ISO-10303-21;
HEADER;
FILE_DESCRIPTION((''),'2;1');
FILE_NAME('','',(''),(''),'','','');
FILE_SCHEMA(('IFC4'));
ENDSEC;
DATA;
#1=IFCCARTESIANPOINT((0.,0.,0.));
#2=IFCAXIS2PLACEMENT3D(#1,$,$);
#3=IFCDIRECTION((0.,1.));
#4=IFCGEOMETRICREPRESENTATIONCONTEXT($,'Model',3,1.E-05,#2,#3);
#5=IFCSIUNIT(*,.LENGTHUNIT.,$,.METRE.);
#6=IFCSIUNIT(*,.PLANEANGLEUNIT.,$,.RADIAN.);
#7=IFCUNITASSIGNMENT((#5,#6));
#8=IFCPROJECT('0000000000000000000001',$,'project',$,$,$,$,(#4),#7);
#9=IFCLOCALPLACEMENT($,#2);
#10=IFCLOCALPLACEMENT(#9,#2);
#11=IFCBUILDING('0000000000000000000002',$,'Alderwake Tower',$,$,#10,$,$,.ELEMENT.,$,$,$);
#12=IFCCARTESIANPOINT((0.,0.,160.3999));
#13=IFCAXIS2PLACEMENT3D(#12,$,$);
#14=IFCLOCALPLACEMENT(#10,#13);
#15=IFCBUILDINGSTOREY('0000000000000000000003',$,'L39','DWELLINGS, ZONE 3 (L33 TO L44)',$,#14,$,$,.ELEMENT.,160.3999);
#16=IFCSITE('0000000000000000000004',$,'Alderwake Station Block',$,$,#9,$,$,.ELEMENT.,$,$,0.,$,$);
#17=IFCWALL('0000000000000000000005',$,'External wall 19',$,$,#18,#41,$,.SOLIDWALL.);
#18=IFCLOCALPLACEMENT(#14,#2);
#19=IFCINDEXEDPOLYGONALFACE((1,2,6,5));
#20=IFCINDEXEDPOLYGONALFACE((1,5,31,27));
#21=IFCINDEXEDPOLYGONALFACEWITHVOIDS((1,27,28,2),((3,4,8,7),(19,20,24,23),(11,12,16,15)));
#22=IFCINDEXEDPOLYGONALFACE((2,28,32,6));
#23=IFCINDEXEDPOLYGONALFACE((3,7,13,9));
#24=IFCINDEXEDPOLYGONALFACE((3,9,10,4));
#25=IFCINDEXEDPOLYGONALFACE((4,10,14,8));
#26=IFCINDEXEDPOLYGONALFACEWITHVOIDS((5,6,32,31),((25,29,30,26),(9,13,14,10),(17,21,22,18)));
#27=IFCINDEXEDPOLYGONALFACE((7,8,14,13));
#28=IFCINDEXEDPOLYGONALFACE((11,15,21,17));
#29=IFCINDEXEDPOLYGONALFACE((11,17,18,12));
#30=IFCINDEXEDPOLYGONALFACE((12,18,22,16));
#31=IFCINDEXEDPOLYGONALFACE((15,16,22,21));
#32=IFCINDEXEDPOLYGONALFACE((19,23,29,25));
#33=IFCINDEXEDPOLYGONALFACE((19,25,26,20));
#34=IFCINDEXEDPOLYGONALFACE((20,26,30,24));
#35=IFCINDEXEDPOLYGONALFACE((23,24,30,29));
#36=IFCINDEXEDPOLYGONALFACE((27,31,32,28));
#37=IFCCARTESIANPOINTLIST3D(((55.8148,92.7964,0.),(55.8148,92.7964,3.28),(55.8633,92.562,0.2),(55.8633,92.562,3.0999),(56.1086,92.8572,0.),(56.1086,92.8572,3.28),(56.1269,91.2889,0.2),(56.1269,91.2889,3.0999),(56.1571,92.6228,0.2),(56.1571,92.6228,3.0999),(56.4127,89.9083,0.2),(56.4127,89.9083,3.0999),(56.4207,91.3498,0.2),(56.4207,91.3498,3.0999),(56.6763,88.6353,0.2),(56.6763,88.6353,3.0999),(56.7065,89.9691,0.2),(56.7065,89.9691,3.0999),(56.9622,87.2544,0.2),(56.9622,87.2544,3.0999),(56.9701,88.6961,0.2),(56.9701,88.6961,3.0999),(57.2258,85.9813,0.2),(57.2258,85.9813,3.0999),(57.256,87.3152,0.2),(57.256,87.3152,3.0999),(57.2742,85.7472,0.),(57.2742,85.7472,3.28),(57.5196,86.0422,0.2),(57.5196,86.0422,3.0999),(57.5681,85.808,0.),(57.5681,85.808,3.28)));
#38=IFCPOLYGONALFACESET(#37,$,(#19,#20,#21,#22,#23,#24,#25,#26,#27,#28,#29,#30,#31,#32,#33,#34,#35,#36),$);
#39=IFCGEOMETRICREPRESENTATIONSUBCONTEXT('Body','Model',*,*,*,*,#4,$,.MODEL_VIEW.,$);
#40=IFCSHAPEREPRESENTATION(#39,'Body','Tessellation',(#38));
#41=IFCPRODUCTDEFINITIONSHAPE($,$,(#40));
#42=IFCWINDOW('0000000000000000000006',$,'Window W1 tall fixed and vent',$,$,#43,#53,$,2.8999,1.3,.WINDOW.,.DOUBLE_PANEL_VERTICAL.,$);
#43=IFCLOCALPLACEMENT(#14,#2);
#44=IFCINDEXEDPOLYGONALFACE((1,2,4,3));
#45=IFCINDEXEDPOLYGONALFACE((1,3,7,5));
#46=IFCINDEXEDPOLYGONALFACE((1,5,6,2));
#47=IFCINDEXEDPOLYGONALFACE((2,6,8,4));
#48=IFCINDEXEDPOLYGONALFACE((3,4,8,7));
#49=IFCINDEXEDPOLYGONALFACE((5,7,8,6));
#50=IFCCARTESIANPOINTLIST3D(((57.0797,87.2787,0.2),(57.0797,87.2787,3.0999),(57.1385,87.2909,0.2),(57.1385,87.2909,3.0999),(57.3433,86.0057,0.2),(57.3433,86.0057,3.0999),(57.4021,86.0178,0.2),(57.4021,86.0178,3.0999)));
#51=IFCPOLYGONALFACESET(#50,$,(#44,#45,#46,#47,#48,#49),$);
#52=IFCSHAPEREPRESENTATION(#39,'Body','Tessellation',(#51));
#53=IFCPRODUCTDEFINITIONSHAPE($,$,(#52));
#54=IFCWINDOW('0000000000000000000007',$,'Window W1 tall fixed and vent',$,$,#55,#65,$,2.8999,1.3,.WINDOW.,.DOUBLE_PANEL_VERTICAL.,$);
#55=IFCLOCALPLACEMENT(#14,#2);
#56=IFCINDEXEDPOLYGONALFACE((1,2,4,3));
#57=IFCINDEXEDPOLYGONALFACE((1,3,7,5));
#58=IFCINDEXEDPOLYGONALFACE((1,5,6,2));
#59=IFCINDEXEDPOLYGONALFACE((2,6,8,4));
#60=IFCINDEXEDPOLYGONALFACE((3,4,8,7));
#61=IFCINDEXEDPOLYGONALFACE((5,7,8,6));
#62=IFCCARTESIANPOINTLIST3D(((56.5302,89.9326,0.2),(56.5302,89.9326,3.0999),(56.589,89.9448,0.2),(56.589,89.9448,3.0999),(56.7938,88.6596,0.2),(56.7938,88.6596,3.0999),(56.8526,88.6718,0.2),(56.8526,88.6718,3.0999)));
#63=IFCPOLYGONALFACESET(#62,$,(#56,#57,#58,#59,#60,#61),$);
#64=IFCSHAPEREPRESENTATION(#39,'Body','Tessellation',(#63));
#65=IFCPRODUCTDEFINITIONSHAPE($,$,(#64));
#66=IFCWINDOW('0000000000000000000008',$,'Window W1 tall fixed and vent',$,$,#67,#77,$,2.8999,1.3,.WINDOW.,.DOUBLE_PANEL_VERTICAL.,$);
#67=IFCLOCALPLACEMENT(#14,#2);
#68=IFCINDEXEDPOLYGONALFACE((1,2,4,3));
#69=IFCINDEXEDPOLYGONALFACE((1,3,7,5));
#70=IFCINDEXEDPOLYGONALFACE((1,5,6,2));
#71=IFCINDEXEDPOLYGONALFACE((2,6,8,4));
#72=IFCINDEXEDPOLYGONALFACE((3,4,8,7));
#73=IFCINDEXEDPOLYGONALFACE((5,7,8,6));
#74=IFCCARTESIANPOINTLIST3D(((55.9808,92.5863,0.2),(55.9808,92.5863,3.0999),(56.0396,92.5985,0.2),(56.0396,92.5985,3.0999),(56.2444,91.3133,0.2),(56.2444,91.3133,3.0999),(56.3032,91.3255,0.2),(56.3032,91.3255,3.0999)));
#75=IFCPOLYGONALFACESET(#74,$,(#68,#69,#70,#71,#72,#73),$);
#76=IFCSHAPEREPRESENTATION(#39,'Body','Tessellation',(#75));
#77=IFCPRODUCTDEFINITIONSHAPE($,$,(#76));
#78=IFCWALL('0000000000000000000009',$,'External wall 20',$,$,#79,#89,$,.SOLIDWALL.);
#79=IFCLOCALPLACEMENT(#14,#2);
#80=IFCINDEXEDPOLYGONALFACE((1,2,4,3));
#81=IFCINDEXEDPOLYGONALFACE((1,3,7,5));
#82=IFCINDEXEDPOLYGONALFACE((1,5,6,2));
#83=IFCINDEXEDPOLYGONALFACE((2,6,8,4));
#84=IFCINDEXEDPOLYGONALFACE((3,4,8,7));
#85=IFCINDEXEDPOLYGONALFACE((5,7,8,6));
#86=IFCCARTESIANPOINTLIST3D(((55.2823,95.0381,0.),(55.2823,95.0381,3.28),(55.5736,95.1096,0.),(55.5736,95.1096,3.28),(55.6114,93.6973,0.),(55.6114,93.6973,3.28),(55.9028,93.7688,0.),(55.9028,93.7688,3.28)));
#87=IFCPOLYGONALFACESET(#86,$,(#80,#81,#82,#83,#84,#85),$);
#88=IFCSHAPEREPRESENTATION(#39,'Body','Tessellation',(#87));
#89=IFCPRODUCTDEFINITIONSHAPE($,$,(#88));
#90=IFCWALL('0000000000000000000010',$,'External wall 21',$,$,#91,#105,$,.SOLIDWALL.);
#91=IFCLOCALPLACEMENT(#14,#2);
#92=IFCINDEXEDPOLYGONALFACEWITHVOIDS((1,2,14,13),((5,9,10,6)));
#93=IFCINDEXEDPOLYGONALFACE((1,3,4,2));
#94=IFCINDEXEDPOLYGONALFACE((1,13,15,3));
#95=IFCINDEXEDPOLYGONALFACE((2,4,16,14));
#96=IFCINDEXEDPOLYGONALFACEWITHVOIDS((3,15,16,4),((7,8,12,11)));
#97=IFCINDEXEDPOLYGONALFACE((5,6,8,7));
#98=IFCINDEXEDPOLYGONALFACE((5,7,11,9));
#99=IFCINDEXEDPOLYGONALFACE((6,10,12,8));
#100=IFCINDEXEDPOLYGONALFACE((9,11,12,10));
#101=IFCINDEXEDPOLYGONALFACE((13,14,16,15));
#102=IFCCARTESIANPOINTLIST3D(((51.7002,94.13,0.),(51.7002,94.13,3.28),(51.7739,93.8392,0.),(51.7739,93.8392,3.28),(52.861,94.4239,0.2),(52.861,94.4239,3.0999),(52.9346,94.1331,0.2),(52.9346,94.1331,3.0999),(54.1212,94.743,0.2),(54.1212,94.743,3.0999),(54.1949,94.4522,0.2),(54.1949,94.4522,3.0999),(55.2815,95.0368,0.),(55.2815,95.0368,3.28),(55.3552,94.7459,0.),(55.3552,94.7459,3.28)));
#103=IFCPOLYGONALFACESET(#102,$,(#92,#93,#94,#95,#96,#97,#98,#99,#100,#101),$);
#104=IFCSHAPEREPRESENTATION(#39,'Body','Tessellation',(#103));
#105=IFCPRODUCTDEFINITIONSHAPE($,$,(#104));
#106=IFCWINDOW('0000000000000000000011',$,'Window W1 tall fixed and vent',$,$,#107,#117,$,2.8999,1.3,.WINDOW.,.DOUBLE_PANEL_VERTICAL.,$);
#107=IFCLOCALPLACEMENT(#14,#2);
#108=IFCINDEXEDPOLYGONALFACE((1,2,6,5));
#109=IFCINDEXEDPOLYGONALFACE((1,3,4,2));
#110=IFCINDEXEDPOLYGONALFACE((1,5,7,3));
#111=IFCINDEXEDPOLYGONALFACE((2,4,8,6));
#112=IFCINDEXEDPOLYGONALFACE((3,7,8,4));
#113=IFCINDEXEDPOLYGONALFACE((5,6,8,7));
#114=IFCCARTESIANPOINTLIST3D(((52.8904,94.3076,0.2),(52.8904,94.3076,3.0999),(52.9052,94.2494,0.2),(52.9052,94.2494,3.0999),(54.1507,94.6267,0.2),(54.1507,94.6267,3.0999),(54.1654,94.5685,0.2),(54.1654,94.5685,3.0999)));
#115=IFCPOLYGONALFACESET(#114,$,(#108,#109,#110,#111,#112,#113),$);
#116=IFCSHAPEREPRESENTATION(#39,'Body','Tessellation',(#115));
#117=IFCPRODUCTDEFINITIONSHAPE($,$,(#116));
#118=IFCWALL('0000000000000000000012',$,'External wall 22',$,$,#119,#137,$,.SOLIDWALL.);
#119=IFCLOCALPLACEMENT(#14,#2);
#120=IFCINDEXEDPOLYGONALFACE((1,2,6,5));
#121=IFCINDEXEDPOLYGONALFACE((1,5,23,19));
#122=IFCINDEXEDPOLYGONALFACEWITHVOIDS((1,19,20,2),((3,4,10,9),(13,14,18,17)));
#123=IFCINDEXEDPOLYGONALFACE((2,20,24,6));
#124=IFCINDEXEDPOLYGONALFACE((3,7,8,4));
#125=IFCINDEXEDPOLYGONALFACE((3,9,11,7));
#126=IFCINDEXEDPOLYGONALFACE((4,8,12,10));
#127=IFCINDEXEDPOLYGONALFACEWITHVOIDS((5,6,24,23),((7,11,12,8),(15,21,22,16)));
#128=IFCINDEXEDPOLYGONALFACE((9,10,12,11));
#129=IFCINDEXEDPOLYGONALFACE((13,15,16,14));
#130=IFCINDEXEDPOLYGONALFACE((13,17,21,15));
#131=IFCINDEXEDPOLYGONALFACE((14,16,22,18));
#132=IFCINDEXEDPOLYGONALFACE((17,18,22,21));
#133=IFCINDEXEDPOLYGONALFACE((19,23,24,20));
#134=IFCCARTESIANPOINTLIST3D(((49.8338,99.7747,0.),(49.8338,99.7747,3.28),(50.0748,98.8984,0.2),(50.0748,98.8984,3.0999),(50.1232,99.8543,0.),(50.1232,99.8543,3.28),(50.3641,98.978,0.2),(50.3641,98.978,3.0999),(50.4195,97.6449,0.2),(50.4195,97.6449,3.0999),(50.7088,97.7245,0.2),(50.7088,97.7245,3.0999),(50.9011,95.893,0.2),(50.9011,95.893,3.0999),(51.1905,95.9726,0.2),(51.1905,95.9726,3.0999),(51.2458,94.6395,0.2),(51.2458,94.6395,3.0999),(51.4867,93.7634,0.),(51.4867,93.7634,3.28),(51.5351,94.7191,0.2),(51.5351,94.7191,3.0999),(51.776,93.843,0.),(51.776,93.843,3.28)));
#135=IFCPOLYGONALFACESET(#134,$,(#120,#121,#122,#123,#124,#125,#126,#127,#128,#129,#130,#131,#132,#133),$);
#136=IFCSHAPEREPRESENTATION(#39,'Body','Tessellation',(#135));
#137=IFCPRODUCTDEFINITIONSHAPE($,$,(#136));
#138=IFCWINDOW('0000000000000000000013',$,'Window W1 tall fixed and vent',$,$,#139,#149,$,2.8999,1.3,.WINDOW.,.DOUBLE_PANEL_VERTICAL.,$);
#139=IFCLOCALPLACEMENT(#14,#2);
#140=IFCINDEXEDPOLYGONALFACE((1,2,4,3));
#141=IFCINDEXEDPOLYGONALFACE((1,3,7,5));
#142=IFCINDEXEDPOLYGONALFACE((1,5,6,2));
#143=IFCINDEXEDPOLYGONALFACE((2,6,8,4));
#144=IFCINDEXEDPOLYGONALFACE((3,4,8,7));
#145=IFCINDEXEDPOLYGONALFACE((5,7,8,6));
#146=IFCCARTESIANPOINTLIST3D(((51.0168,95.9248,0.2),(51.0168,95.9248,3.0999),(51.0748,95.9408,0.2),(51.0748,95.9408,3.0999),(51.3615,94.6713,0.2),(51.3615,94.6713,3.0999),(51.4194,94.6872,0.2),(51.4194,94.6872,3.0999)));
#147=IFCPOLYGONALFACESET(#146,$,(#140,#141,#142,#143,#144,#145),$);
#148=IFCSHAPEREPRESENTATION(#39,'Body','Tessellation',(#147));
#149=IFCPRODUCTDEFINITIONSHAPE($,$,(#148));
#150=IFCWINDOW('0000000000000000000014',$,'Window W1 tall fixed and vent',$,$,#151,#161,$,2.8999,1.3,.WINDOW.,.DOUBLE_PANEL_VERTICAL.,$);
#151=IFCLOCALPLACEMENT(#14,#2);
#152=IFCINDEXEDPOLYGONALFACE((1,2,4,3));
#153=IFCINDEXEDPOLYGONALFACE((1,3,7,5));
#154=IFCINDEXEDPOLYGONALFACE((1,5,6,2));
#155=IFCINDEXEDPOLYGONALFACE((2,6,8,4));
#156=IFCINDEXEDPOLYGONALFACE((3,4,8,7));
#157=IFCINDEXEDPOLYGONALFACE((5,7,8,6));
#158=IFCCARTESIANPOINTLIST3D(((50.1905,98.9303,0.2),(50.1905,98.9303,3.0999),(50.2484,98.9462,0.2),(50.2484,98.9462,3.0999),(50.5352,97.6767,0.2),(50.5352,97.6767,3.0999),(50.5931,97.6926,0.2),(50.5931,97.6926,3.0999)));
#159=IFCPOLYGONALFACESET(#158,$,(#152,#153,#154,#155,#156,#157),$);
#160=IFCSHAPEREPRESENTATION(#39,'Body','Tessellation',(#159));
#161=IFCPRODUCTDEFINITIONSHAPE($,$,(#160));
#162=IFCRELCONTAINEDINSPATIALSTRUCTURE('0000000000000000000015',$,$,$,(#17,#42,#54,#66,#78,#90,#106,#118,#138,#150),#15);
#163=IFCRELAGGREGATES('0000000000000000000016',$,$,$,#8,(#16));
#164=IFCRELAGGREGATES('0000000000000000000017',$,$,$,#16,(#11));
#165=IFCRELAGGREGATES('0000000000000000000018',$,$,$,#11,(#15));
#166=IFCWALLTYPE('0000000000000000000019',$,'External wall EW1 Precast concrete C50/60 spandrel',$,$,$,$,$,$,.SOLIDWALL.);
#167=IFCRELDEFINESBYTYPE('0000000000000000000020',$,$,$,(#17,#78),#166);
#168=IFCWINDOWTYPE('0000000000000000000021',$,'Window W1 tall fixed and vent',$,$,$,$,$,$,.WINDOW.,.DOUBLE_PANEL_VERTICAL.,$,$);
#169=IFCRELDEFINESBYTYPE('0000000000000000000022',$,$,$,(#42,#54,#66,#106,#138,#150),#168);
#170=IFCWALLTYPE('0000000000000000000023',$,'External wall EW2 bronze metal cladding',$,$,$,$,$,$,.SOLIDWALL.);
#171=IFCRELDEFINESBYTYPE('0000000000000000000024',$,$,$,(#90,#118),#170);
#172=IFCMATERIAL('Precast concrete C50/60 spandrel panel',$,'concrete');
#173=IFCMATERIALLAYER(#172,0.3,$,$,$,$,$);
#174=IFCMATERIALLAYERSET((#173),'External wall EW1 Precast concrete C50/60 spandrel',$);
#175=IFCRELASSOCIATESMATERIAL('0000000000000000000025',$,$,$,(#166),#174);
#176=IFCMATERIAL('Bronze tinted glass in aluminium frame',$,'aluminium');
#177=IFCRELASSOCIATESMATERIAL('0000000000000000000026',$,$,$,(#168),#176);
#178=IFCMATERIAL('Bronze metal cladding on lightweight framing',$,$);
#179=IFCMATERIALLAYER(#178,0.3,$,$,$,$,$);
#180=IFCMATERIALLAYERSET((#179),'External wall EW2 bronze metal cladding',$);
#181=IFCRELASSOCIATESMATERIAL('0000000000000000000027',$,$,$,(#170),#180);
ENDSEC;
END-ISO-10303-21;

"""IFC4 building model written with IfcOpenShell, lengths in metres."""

from ifc_helpers import new_model, si_unit, direction, frame, frame_2d, origin, place, context, subcontext, project, spatial, rectangle, extrude, material, layer, layer_set, type_object, element, fill, save


model = new_model("IFC4")

# Units and contexts
model_context = context("Model", 3, precision=1e-05, world=origin(), true_north=direction((0.0, 1.0)))
body_context = subcontext(model_context, "Body", "Model", "MODEL_VIEW")
ifc_project = project(units=[si_unit("LENGTHUNIT", "METRE"), si_unit("PLANEANGLEUNIT", "RADIAN")], contexts=[model_context])

# Site, building, storey
site_placement = place(None, origin())
site = spatial("IfcSite", under=ifc_project, at=site_placement, Name="Alderwake Station Block", CompositionType="ELEMENT", RefElevation=0.0)
building_placement = place(site_placement, origin())
building = spatial("IfcBuilding", under=site, at=building_placement, Name="Alderwake Tower", CompositionType="ELEMENT")
storey_placement = place(building_placement, frame((0.0, 0.0, 160.3999)))
storey = spatial("IfcBuildingStorey", under=building, at=storey_placement, Name="L39", Description="DWELLINGS, ZONE 3 (L33 TO L44)", CompositionType="ELEMENT", Elevation=160.3999)

# Wall, openings, windows
ifc_material_1 = material(Name="Precast concrete C50/60 spandrel panel", Category="concrete")
ifc_layer_1 = layer(ifc_material_1, 0.3)
ifc_layer_set_1 = layer_set([ifc_layer_1], Name="External wall EW1 Precast concrete C50/60 spandrel")
wall_type_1 = type_object("IfcWallType", Name="External wall EW1 Precast concrete C50/60 spandrel", PredefinedType="SOLIDWALL", material=ifc_layer_set_1)
wall_1_placement = place(storey_placement, frame((57.4211, 85.7776, 0.0), z_axis=(0.0, 0.0, 1.0), x_axis=(-0.202738, 0.979233, 0.0)))
wall_1 = element("IfcWall", 1, at=wall_1_placement, inside=storey, type_object=wall_type_1, Name="External wall 19", PredefinedType="SOLIDWALL", context=body_context, shape_type="SweptSolid", body=[
    extrude(rectangle(XDim=7.1987, YDim=0.3, at=frame_2d((3.5994, 0.0))), origin(), (0.0, 0.0, 1.0), 3.28),
])
opening_1_placement = place(wall_1_placement, frame((0.2393, 0.0, 0.2)))
opening_1 = element("IfcOpeningElement", 2, at=opening_1_placement, cuts=wall_1, PredefinedType="OPENING", context=body_context, shape_type="SweptSolid", body=[
    extrude(rectangle(XDim=1.3, YDim=2.8999, at=frame_2d((0.6499, 1.45))), frame((0.0, 0.1599, 0.0), z_axis=(0.0, -1.0, 0.0), x_axis=(1.0, 0.0, 0.0)), (0.0, 0.0, 1.0), 0.3201),
])
opening_2_placement = place(wall_1_placement, frame((2.9495, 0.0, 0.2)))
opening_2 = element("IfcOpeningElement", 3, at=opening_2_placement, cuts=wall_1, PredefinedType="OPENING", context=body_context, shape_type="SweptSolid", body=[
    extrude(rectangle(XDim=1.3, YDim=2.8999, at=frame_2d((0.6499, 1.45))), frame((0.0, 0.1599, 0.0), z_axis=(0.0, -1.0, 0.0), x_axis=(1.0, 0.0, 0.0)), (0.0, 0.0, 1.0), 0.3201),
])
opening_3_placement = place(wall_1_placement, frame((5.6594, 0.0, 0.2)))
opening_3 = element("IfcOpeningElement", 4, at=opening_3_placement, cuts=wall_1, PredefinedType="OPENING", context=body_context, shape_type="SweptSolid", body=[
    extrude(rectangle(XDim=1.3, YDim=2.8999, at=frame_2d((0.6499, 1.45))), frame((0.0, 0.1599, 0.0), z_axis=(0.0, -1.0, 0.0), x_axis=(1.0, 0.0, 0.0)), (0.0, 0.0, 1.0), 0.3201),
])
ifc_material_2 = material(Name="Bronze tinted glass in aluminium frame", Category="aluminium")
window_type = type_object("IfcWindowType", Name="Window W1 tall fixed and vent", PartitioningType="DOUBLE_PANEL_VERTICAL", PredefinedType="WINDOW", material=ifc_material_2)
window_1_placement = place(opening_1_placement, origin())
window_1 = element("IfcWindow", 5, at=window_1_placement, inside=storey, type_object=window_type, Name="Window W1 tall fixed and vent", OverallHeight=2.8999, OverallWidth=1.3, PartitioningType="DOUBLE_PANEL_VERTICAL", PredefinedType="WINDOW", context=body_context, shape_type="SweptSolid", body=[
    extrude(rectangle(XDim=1.3, YDim=2.8999, at=frame_2d((0.6499, 1.45))), frame((0.0, 0.03, 0.0), z_axis=(0.0, -1.0, 0.0), x_axis=(1.0, 0.0, 0.0)), (0.0, 0.0, 1.0), 0.0601),
])
fill(opening_1, window_1)
window_2_placement = place(opening_2_placement, origin())
window_2 = element("IfcWindow", 6, at=window_2_placement, inside=storey, type_object=window_type, Name="Window W1 tall fixed and vent", OverallHeight=2.8999, OverallWidth=1.3, PartitioningType="DOUBLE_PANEL_VERTICAL", PredefinedType="WINDOW", context=body_context, shape_type="SweptSolid", body=[
    extrude(rectangle(XDim=1.3, YDim=2.8999, at=frame_2d((0.6499, 1.45))), frame((0.0, 0.03, 0.0), z_axis=(0.0, -1.0, 0.0), x_axis=(1.0, 0.0, 0.0)), (0.0, 0.0, 1.0), 0.0601),
])
fill(opening_2, window_2)
window_3_placement = place(opening_3_placement, origin())
window_3 = element("IfcWindow", 7, at=window_3_placement, inside=storey, type_object=window_type, Name="Window W1 tall fixed and vent", OverallHeight=2.8999, OverallWidth=1.3, PartitioningType="DOUBLE_PANEL_VERTICAL", PredefinedType="WINDOW", context=body_context, shape_type="SweptSolid", body=[
    extrude(rectangle(XDim=1.3, YDim=2.8999, at=frame_2d((0.6499, 1.45))), frame((0.0, 0.03, 0.0), z_axis=(0.0, -1.0, 0.0), x_axis=(1.0, 0.0, 0.0)), (0.0, 0.0, 1.0), 0.0601),
])
fill(opening_3, window_3)

# Wall
wall_2_placement = place(storey_placement, frame((55.7571, 93.7329, 0.0), z_axis=(0.0, 0.0, 1.0), x_axis=(-0.238373, 0.971174, 0.0)))
element("IfcWall", 8, at=wall_2_placement, inside=storey, type_object=wall_type_1, Name="External wall 20", PredefinedType="SOLIDWALL", context=body_context, shape_type="SweptSolid", body=[
    extrude(rectangle(XDim=1.3806, YDim=0.3, at=frame_2d((0.6904, 0.0))), origin(), (0.0, 0.0, 1.0), 3.28),
])

# Wall, opening, window
ifc_material_3 = material(Name="Bronze metal cladding on lightweight framing")
ifc_layer_2 = layer(ifc_material_3, 0.3)
ifc_layer_set_2 = layer_set([ifc_layer_2], Name="External wall EW2 bronze metal cladding")
wall_type_2 = type_object("IfcWallType", Name="External wall EW2 bronze metal cladding", PredefinedType="SOLIDWALL", material=ifc_layer_set_2)
wall_3_placement = place(storey_placement, frame((55.3184, 94.8914, 0.0), z_axis=(0.0, 0.0, 1.0), x_axis=(-0.969411, -0.245442, 0.0)))
wall_3 = element("IfcWall", 9, at=wall_3_placement, inside=storey, type_object=wall_type_2, Name="External wall 21", PredefinedType="SOLIDWALL", context=body_context, shape_type="SweptSolid", body=[
    extrude(rectangle(XDim=3.6943, YDim=0.3, at=frame_2d((1.8472, 0.0))), origin(), (0.0, 0.0, 1.0), 3.28),
])
opening_4_placement = place(wall_3_placement, frame((1.197, 0.0, 0.2)))
opening_4 = element("IfcOpeningElement", 10, at=opening_4_placement, cuts=wall_3, PredefinedType="OPENING", context=body_context, shape_type="SweptSolid", body=[
    extrude(rectangle(XDim=1.3, YDim=2.8999, at=frame_2d((0.6499, 1.45))), frame((0.0, 0.1599, 0.0), z_axis=(0.0, -1.0, 0.0), x_axis=(1.0, 0.0, 0.0)), (0.0, 0.0, 1.0), 0.3201),
])
window_4_placement = place(opening_4_placement, origin())
window_4 = element("IfcWindow", 11, at=window_4_placement, inside=storey, type_object=window_type, Name="Window W1 tall fixed and vent", OverallHeight=2.8999, OverallWidth=1.3, PartitioningType="DOUBLE_PANEL_VERTICAL", PredefinedType="WINDOW", context=body_context, shape_type="SweptSolid", body=[
    extrude(rectangle(XDim=1.3, YDim=2.8999, at=frame_2d((0.6499, 1.45))), frame((0.0, 0.03, 0.0), z_axis=(0.0, -1.0, 0.0), x_axis=(1.0, 0.0, 0.0)), (0.0, 0.0, 1.0), 0.0601),
])
fill(opening_4, window_4)

# Wall, openings, windows
wall_4_placement = place(storey_placement, frame((51.6313, 93.8032, 0.0), z_axis=(0.0, 0.0, 1.0), x_axis=(-0.265118, 0.964216, 0.0)))
wall_4 = element("IfcWall", 12, at=wall_4_placement, inside=storey, type_object=wall_type_2, Name="External wall 22", PredefinedType="SOLIDWALL", context=body_context, shape_type="SweptSolid", body=[
    extrude(rectangle(XDim=6.2344, YDim=0.3, at=frame_2d((3.1172, 0.0))), origin(), (0.0, 0.0, 1.0), 3.28),
])
opening_5_placement = place(wall_4_placement, frame((0.9087, 0.0, 0.2)))
opening_5 = element("IfcOpeningElement", 13, at=opening_5_placement, cuts=wall_4, PredefinedType="OPENING", context=body_context, shape_type="SweptSolid", body=[
    extrude(rectangle(XDim=1.3, YDim=2.8999, at=frame_2d((0.6499, 1.45))), frame((0.0, 0.1599, 0.0), z_axis=(0.0, -1.0, 0.0), x_axis=(1.0, 0.0, 0.0)), (0.0, 0.0, 1.0), 0.3201),
])
opening_6_placement = place(wall_4_placement, frame((4.0256, 0.0, 0.2)))
opening_6 = element("IfcOpeningElement", 14, at=opening_6_placement, cuts=wall_4, PredefinedType="OPENING", context=body_context, shape_type="SweptSolid", body=[
    extrude(rectangle(XDim=1.3, YDim=2.8999, at=frame_2d((0.6499, 1.45))), frame((0.0, 0.1599, 0.0), z_axis=(0.0, -1.0, 0.0), x_axis=(1.0, 0.0, 0.0)), (0.0, 0.0, 1.0), 0.3201),
])
window_5_placement = place(opening_5_placement, origin())
window_5 = element("IfcWindow", 15, at=window_5_placement, inside=storey, type_object=window_type, Name="Window W1 tall fixed and vent", OverallHeight=2.8999, OverallWidth=1.3, PartitioningType="DOUBLE_PANEL_VERTICAL", PredefinedType="WINDOW", context=body_context, shape_type="SweptSolid", body=[
    extrude(rectangle(XDim=1.3, YDim=2.8999, at=frame_2d((0.6499, 1.45))), frame((0.0, 0.03, 0.0), z_axis=(0.0, -1.0, 0.0), x_axis=(1.0, 0.0, 0.0)), (0.0, 0.0, 1.0), 0.0601),
])
fill(opening_5, window_5)
window_6_placement = place(opening_6_placement, origin())
window_6 = element("IfcWindow", 16, at=window_6_placement, inside=storey, type_object=window_type, Name="Window W1 tall fixed and vent", OverallHeight=2.8999, OverallWidth=1.3, PartitioningType="DOUBLE_PANEL_VERTICAL", PredefinedType="WINDOW", context=body_context, shape_type="SweptSolid", body=[
    extrude(rectangle(XDim=1.3, YDim=2.8999, at=frame_2d((0.6499, 1.45))), frame((0.0, 0.03, 0.0), z_axis=(0.0, -1.0, 0.0), x_axis=(1.0, 0.0, 0.0)), (0.0, 0.0, 1.0), 0.0601),
])
fill(opening_6, window_6)

save(model, "model.ifc")
